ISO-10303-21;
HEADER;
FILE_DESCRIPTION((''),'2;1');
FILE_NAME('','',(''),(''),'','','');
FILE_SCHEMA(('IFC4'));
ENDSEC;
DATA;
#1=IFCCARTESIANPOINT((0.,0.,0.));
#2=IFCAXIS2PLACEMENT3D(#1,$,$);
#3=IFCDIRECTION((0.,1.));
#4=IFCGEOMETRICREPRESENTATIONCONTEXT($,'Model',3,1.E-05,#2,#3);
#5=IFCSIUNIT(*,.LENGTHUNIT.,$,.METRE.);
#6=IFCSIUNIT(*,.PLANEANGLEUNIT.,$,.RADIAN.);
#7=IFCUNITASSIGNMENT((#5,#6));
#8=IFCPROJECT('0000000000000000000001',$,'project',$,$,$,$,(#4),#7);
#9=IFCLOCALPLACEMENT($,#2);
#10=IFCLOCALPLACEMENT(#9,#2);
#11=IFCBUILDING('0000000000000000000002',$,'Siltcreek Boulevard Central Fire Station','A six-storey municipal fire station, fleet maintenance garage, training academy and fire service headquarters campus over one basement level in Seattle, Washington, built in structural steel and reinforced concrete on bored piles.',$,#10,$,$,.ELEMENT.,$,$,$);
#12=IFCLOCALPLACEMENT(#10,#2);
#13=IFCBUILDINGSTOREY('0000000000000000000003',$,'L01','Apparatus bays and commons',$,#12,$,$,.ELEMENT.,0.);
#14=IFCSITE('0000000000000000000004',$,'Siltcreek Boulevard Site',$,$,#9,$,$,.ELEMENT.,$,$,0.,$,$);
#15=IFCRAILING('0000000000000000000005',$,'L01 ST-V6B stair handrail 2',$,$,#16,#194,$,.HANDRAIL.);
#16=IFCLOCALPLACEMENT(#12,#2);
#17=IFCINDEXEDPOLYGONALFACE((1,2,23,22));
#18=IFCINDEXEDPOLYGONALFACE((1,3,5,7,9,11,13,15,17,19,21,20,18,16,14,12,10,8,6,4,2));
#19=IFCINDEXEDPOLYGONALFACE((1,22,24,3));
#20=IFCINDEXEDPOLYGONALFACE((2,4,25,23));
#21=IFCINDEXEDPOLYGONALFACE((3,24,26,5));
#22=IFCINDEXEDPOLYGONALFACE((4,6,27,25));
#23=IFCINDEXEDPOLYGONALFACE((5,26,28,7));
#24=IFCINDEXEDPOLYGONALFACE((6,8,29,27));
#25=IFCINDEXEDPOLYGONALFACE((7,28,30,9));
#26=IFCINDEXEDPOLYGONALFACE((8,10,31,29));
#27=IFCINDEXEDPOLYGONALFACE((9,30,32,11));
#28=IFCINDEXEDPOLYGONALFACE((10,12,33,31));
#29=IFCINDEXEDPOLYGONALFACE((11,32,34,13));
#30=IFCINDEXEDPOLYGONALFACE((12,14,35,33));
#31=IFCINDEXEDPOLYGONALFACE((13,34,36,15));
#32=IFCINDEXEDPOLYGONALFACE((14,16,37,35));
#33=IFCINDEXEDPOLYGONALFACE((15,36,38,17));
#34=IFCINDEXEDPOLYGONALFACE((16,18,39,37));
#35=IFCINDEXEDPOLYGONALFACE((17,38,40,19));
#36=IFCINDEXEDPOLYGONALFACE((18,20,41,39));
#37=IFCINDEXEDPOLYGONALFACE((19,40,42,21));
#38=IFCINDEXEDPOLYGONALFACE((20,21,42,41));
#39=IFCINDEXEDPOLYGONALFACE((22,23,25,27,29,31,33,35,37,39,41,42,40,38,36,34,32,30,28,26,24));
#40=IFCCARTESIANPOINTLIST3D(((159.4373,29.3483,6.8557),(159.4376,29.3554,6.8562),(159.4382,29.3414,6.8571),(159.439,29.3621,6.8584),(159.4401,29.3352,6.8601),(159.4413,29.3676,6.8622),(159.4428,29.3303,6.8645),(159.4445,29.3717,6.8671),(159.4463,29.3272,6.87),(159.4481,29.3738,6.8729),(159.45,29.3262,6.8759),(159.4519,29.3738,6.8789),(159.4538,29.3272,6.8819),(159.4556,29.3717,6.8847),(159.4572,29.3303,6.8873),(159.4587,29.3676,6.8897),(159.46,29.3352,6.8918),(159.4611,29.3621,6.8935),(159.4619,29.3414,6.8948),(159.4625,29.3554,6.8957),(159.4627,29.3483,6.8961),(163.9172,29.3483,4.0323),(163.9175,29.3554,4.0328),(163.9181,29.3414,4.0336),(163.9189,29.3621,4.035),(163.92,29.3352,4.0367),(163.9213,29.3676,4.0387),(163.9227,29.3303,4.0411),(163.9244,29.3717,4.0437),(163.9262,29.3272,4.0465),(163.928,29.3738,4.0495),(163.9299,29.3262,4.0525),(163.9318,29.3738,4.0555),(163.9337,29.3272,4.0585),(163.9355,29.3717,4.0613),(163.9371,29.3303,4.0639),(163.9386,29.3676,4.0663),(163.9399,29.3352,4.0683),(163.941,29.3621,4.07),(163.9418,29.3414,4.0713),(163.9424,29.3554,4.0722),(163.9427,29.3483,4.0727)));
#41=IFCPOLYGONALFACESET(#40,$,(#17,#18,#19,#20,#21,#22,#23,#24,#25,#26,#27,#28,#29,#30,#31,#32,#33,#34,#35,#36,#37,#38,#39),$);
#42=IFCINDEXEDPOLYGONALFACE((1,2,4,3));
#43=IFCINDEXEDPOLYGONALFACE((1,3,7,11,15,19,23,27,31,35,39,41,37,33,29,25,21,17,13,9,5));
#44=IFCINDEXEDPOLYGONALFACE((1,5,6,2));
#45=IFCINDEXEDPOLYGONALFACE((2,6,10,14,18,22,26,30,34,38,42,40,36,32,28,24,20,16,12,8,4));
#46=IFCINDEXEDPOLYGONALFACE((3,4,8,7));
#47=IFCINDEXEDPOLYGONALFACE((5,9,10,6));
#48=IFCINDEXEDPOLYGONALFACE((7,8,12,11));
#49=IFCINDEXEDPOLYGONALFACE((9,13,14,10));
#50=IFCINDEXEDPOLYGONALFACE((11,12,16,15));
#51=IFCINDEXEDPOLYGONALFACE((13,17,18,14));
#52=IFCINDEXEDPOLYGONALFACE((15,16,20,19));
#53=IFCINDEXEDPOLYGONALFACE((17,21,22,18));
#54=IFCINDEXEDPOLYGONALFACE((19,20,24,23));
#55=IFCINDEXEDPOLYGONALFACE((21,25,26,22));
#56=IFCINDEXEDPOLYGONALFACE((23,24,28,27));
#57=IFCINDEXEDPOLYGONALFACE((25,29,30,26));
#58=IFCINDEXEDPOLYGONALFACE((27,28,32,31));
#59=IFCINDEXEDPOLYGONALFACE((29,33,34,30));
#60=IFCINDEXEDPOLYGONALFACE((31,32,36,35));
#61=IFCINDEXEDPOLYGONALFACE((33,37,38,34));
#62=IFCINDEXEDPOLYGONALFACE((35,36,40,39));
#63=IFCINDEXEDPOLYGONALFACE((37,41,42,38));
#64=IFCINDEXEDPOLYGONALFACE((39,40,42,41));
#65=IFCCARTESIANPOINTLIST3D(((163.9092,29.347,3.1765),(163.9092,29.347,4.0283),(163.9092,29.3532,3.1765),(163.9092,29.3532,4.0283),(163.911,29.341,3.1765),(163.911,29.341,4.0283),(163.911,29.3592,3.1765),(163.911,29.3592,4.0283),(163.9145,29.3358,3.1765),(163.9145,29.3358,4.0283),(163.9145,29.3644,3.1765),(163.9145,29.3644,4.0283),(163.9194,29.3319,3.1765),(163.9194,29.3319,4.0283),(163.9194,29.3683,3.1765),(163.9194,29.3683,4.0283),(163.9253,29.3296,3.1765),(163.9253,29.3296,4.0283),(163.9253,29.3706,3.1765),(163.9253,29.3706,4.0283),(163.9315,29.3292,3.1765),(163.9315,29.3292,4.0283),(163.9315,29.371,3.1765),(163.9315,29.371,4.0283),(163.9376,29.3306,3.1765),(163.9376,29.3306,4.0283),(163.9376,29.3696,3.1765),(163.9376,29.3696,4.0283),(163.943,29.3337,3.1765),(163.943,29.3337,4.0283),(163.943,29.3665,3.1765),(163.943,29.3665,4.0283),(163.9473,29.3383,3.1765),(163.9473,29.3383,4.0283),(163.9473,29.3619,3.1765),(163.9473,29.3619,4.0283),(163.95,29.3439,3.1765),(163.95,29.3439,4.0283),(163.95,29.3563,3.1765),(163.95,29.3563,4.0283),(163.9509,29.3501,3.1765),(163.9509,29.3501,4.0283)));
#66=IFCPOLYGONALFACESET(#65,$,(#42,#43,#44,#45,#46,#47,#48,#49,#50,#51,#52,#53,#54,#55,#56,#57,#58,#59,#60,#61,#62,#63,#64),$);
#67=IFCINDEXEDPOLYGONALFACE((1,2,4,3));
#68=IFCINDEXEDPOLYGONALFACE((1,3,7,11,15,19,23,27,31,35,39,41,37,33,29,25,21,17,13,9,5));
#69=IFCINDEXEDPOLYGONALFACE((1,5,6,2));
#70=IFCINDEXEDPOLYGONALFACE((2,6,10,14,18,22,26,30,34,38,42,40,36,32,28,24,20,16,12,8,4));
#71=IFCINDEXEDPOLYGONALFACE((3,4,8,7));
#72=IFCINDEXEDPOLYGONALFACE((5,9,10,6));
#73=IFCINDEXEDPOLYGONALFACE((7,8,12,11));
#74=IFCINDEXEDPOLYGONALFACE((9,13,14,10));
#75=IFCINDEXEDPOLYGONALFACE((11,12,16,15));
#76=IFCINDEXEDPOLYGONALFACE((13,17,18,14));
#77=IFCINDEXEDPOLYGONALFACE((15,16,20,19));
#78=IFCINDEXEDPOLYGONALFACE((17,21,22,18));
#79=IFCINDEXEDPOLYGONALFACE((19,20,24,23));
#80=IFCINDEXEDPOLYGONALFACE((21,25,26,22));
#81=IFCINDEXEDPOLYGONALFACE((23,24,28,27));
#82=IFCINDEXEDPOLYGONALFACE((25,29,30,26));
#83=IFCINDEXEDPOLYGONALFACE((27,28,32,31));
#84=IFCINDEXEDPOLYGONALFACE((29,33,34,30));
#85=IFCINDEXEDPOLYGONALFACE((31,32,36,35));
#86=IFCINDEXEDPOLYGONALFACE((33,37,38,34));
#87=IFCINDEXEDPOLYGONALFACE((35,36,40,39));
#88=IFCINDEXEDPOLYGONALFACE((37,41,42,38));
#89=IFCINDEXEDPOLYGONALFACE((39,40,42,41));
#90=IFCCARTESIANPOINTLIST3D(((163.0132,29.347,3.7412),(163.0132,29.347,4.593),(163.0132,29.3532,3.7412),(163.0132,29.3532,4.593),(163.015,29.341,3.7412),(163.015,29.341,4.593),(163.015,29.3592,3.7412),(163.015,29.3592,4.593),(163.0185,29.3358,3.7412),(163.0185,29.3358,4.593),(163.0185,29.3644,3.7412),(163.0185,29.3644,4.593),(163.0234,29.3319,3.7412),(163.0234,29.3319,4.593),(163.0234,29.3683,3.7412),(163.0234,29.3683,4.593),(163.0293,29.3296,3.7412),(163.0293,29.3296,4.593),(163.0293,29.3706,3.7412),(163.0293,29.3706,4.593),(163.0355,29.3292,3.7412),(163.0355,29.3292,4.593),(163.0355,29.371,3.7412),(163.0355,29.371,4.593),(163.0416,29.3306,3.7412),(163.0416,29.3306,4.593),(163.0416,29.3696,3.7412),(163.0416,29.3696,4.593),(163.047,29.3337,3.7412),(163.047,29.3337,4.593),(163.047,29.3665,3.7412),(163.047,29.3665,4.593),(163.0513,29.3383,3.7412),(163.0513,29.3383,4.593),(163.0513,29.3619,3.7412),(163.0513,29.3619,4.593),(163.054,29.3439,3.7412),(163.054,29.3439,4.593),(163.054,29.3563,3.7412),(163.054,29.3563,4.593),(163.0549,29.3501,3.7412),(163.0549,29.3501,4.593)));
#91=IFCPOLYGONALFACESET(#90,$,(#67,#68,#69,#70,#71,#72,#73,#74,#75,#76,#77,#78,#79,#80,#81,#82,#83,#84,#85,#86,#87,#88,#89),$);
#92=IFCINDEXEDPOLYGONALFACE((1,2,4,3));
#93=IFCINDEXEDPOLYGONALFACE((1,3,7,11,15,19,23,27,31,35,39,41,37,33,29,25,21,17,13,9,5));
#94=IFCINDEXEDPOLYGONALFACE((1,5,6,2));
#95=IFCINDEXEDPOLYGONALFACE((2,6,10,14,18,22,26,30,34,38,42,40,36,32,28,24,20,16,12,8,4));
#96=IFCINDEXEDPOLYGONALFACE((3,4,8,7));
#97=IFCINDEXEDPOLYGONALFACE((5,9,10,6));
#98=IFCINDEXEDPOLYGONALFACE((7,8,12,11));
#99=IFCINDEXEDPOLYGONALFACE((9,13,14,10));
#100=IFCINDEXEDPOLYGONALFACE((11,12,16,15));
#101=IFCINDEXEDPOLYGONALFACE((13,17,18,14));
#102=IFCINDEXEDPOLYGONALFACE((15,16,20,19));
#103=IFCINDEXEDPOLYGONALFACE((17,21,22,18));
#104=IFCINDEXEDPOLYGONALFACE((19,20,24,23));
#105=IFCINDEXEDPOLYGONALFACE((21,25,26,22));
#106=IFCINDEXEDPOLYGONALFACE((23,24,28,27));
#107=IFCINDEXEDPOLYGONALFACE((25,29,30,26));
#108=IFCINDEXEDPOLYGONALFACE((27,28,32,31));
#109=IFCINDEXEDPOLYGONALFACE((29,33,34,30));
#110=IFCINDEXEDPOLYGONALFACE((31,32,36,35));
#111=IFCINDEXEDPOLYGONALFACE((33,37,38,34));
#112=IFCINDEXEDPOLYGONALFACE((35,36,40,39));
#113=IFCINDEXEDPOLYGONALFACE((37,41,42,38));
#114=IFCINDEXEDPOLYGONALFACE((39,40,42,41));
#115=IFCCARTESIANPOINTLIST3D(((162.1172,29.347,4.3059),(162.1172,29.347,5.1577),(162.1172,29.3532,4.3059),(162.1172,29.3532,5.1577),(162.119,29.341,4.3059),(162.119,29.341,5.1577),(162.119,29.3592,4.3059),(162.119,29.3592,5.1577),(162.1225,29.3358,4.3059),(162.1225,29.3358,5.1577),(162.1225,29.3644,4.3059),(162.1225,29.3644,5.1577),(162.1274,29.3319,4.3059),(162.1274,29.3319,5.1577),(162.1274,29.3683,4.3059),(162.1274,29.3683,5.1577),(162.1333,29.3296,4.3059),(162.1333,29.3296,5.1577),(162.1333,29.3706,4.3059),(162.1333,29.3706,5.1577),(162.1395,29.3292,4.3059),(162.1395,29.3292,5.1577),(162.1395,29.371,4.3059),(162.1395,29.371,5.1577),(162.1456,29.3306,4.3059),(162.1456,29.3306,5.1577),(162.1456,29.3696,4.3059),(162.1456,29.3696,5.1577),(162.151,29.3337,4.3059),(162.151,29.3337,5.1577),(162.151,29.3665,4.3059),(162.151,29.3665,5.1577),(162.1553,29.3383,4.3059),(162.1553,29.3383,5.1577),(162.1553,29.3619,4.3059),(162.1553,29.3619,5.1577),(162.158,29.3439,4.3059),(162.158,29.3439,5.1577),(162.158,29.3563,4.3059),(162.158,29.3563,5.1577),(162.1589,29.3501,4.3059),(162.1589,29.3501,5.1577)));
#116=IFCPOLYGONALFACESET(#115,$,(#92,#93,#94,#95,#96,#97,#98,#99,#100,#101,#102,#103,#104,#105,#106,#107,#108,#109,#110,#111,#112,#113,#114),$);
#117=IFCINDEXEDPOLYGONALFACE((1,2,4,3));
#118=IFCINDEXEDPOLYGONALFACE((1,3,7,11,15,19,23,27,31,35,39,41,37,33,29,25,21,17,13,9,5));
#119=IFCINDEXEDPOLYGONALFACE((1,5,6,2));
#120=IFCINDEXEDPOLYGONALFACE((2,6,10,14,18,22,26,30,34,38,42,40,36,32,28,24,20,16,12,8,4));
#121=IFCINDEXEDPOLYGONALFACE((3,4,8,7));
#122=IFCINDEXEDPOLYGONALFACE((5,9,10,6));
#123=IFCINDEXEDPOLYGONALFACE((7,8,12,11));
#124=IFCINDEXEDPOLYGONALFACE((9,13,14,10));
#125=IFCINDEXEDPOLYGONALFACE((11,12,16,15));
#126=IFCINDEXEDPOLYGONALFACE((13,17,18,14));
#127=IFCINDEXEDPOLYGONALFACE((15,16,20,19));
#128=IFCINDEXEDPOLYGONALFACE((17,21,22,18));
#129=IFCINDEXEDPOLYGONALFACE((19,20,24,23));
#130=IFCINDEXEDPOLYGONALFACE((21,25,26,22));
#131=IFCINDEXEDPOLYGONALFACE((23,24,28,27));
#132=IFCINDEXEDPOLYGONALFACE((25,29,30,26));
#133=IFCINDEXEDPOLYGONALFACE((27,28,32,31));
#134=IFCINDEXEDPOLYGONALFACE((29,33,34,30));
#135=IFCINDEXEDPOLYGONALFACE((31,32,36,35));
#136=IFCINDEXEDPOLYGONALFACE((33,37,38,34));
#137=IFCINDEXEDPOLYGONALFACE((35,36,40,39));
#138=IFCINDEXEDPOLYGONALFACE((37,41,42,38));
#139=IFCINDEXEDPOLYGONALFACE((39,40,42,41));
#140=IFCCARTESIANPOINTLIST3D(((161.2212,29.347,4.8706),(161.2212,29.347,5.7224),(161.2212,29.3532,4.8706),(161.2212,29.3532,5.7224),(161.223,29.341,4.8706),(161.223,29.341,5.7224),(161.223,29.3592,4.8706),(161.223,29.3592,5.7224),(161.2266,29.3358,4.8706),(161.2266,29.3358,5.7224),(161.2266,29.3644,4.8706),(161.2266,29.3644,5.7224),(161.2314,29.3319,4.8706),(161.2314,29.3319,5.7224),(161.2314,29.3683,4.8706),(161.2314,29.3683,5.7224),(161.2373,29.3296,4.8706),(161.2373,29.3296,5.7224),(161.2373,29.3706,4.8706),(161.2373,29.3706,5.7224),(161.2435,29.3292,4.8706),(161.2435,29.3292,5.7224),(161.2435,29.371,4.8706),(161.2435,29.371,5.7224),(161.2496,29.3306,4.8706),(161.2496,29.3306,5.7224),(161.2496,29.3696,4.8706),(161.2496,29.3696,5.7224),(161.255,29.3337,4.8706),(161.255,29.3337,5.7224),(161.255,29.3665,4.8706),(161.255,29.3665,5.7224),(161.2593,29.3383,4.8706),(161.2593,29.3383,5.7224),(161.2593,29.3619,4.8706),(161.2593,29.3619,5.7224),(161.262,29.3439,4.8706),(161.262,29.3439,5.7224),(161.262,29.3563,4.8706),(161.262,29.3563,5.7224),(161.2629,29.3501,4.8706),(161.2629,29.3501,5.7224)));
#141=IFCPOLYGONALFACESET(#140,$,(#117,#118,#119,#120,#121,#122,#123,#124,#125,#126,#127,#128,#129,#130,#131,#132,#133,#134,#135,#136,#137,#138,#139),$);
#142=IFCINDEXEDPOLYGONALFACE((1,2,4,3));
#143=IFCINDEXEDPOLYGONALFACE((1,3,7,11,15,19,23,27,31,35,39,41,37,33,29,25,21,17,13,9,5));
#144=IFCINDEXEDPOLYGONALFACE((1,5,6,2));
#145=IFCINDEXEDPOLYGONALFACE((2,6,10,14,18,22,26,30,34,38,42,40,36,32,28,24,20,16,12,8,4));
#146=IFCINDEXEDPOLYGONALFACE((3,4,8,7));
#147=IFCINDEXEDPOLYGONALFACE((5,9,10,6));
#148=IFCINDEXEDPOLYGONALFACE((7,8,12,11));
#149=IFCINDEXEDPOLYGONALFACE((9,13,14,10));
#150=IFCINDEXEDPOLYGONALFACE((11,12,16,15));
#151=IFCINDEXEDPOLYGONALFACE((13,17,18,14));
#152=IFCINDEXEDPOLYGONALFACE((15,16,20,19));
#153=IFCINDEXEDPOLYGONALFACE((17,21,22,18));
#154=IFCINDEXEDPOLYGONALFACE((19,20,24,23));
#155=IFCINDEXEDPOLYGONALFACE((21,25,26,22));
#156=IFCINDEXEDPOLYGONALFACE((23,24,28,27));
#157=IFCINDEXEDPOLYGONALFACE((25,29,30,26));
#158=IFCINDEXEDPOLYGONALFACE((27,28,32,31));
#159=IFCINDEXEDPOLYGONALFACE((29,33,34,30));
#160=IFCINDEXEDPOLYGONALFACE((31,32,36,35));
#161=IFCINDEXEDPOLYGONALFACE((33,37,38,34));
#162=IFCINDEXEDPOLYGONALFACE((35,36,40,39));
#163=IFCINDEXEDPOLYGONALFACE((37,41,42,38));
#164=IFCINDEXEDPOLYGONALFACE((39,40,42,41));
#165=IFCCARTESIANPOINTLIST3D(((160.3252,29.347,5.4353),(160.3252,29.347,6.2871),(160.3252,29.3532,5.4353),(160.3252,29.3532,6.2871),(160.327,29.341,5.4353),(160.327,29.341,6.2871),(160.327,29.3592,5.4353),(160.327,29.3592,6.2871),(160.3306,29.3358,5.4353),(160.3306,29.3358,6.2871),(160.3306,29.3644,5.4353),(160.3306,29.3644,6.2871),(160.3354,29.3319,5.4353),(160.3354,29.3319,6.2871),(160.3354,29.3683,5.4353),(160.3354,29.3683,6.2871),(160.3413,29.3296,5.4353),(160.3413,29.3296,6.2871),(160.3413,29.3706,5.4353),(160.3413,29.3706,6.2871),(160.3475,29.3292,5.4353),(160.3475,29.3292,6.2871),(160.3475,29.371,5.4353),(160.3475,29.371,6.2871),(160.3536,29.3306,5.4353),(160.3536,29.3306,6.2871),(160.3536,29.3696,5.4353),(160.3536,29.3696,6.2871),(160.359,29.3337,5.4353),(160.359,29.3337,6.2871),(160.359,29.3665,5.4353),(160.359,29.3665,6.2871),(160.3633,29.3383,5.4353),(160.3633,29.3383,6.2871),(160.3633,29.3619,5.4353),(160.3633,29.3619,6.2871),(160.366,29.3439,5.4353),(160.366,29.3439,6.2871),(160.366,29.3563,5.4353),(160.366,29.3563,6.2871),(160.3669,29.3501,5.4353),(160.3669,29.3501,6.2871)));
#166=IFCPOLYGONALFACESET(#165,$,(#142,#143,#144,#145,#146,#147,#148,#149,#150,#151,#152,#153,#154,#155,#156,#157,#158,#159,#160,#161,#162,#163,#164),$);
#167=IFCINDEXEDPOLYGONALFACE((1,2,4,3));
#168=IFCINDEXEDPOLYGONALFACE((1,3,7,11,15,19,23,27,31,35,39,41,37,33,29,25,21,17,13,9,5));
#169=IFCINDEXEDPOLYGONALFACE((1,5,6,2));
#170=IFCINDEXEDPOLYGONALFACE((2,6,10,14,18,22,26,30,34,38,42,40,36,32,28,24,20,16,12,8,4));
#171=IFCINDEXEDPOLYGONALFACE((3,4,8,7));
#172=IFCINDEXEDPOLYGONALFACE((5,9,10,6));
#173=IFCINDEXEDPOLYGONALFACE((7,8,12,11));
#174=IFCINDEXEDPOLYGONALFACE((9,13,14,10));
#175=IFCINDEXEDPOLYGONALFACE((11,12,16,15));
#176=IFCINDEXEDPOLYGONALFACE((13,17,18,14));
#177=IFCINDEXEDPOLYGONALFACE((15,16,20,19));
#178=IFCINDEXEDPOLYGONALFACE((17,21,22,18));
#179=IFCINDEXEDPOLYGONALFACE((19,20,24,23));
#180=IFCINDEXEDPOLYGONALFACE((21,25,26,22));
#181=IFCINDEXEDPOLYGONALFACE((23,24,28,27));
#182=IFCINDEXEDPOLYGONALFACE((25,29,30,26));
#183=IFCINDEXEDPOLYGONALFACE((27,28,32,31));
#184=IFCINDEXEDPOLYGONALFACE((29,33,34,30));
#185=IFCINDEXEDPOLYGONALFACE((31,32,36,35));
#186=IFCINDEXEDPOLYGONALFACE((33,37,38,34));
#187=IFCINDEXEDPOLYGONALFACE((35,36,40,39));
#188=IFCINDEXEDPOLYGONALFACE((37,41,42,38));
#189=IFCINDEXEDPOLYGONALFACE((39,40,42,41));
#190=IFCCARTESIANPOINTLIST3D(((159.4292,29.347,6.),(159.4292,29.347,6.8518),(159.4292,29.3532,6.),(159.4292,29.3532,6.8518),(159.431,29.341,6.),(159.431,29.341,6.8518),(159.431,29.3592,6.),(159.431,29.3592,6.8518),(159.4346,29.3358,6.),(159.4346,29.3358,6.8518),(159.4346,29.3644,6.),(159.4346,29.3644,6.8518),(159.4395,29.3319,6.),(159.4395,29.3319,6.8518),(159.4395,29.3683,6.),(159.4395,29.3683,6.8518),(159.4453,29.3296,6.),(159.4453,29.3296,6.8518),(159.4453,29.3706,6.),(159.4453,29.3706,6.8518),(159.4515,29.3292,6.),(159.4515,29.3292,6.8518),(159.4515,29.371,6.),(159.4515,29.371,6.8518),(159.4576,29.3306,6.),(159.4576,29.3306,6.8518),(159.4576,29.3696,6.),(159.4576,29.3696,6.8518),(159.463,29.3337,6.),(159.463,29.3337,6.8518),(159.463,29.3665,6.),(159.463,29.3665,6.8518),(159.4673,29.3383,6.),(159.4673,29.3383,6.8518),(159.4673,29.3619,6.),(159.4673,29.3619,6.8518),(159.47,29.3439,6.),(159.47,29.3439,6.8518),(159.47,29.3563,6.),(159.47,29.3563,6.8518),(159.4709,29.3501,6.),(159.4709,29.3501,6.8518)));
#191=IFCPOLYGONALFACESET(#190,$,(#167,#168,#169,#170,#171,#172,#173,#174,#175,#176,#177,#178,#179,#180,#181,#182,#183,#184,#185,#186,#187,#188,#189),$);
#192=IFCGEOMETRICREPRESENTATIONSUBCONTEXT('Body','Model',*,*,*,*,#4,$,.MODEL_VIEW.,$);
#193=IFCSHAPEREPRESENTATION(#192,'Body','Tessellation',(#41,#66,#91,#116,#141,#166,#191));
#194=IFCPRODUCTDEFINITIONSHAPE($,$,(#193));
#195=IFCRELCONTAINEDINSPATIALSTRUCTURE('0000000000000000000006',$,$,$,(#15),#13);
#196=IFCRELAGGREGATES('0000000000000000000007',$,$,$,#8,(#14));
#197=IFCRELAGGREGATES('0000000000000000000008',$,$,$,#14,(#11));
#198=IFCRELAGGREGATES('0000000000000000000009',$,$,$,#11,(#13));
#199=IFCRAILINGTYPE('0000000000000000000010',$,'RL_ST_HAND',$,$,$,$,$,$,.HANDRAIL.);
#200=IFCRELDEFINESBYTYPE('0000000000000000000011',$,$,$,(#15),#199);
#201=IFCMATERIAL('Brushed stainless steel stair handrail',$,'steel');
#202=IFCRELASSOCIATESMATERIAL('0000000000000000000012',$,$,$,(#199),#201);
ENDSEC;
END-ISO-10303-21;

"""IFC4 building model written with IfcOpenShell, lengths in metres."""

from ifc_helpers import new_model, si_unit, direction, frame, origin, origin_2d, place, context, subcontext, project, spatial, circle, extrude, material, type_object, element, save


model = new_model("IFC4")

# Units and contexts
model_context = context("Model", 3, precision=1e-05, world=origin(), true_north=direction((0.0, 1.0)))
body_context = subcontext(model_context, "Body", "Model", "MODEL_VIEW")
ifc_project = project(units=[si_unit("LENGTHUNIT", "METRE"), si_unit("PLANEANGLEUNIT", "RADIAN")], contexts=[model_context])

# Site, building, storey
site_placement = place(None, origin())
site = spatial("IfcSite", under=ifc_project, at=site_placement, Name="Siltcreek Boulevard Site", CompositionType="ELEMENT", RefElevation=0.0)
building_placement = place(site_placement, origin())
building = spatial("IfcBuilding", under=site, at=building_placement, Name="Siltcreek Boulevard Central Fire Station", Description="A six-storey municipal fire station, fleet maintenance garage, training academy and fire service headquarters campus over one basement level in Seattle, Washington, built in structural steel and reinforced concrete on bored piles.", CompositionType="ELEMENT")
storey_placement = place(building_placement, origin())
storey = spatial("IfcBuildingStorey", under=building, at=storey_placement, Name="L01", Description="Apparatus bays and commons", CompositionType="ELEMENT", Elevation=0.0)

# Railing
ifc_material_1 = material(Name="Brushed stainless steel stair handrail", Category="steel")
railing_type_1 = type_object("IfcRailingType", Name="RL_ST_HAND", PredefinedType="HANDRAIL", material=ifc_material_1)
railing_1_placement = place(storey_placement, frame((163.9299, 29.3501, 3.1765)))
element("IfcRailing", 1, at=railing_1_placement, inside=storey, type_object=railing_type_1, Name="L01 ST-V6B stair handrail 2", PredefinedType="HANDRAIL", context=body_context, shape_type="SweptSolid", body=[
    extrude(circle(Radius=0.0239, at=origin_2d()), frame((0.0, 0.0, 0.876), z_axis=(-0.845998, 0.0, 0.533186), x_axis=(0.0, -1.0, 0.0)), (0.0, 0.0, 1.0), 5.2954),
    extrude(circle(Radius=0.021, at=origin_2d()), origin(), (0.0, 0.0, 1.0), 0.8518),
    extrude(circle(Radius=0.021, at=origin_2d()), frame((-0.896, 0.0, 0.5647)), (0.0, 0.0, 1.0), 0.8518),
    extrude(circle(Radius=0.021, at=origin_2d()), frame((-1.792, 0.0, 1.1294)), (0.0, 0.0, 1.0), 0.8518),
    extrude(circle(Radius=0.021, at=origin_2d()), frame((-2.688, 0.0, 1.6941)), (0.0, 0.0, 1.0), 0.8518),
    extrude(circle(Radius=0.021, at=origin_2d()), frame((-3.584, 0.0, 2.2588)), (0.0, 0.0, 1.0), 0.8518),
    extrude(circle(Radius=0.021, at=origin_2d()), frame((-4.48, 0.0, 2.8235)), (0.0, 0.0, 1.0), 0.8518),
])

save(model, "model.ifc")
